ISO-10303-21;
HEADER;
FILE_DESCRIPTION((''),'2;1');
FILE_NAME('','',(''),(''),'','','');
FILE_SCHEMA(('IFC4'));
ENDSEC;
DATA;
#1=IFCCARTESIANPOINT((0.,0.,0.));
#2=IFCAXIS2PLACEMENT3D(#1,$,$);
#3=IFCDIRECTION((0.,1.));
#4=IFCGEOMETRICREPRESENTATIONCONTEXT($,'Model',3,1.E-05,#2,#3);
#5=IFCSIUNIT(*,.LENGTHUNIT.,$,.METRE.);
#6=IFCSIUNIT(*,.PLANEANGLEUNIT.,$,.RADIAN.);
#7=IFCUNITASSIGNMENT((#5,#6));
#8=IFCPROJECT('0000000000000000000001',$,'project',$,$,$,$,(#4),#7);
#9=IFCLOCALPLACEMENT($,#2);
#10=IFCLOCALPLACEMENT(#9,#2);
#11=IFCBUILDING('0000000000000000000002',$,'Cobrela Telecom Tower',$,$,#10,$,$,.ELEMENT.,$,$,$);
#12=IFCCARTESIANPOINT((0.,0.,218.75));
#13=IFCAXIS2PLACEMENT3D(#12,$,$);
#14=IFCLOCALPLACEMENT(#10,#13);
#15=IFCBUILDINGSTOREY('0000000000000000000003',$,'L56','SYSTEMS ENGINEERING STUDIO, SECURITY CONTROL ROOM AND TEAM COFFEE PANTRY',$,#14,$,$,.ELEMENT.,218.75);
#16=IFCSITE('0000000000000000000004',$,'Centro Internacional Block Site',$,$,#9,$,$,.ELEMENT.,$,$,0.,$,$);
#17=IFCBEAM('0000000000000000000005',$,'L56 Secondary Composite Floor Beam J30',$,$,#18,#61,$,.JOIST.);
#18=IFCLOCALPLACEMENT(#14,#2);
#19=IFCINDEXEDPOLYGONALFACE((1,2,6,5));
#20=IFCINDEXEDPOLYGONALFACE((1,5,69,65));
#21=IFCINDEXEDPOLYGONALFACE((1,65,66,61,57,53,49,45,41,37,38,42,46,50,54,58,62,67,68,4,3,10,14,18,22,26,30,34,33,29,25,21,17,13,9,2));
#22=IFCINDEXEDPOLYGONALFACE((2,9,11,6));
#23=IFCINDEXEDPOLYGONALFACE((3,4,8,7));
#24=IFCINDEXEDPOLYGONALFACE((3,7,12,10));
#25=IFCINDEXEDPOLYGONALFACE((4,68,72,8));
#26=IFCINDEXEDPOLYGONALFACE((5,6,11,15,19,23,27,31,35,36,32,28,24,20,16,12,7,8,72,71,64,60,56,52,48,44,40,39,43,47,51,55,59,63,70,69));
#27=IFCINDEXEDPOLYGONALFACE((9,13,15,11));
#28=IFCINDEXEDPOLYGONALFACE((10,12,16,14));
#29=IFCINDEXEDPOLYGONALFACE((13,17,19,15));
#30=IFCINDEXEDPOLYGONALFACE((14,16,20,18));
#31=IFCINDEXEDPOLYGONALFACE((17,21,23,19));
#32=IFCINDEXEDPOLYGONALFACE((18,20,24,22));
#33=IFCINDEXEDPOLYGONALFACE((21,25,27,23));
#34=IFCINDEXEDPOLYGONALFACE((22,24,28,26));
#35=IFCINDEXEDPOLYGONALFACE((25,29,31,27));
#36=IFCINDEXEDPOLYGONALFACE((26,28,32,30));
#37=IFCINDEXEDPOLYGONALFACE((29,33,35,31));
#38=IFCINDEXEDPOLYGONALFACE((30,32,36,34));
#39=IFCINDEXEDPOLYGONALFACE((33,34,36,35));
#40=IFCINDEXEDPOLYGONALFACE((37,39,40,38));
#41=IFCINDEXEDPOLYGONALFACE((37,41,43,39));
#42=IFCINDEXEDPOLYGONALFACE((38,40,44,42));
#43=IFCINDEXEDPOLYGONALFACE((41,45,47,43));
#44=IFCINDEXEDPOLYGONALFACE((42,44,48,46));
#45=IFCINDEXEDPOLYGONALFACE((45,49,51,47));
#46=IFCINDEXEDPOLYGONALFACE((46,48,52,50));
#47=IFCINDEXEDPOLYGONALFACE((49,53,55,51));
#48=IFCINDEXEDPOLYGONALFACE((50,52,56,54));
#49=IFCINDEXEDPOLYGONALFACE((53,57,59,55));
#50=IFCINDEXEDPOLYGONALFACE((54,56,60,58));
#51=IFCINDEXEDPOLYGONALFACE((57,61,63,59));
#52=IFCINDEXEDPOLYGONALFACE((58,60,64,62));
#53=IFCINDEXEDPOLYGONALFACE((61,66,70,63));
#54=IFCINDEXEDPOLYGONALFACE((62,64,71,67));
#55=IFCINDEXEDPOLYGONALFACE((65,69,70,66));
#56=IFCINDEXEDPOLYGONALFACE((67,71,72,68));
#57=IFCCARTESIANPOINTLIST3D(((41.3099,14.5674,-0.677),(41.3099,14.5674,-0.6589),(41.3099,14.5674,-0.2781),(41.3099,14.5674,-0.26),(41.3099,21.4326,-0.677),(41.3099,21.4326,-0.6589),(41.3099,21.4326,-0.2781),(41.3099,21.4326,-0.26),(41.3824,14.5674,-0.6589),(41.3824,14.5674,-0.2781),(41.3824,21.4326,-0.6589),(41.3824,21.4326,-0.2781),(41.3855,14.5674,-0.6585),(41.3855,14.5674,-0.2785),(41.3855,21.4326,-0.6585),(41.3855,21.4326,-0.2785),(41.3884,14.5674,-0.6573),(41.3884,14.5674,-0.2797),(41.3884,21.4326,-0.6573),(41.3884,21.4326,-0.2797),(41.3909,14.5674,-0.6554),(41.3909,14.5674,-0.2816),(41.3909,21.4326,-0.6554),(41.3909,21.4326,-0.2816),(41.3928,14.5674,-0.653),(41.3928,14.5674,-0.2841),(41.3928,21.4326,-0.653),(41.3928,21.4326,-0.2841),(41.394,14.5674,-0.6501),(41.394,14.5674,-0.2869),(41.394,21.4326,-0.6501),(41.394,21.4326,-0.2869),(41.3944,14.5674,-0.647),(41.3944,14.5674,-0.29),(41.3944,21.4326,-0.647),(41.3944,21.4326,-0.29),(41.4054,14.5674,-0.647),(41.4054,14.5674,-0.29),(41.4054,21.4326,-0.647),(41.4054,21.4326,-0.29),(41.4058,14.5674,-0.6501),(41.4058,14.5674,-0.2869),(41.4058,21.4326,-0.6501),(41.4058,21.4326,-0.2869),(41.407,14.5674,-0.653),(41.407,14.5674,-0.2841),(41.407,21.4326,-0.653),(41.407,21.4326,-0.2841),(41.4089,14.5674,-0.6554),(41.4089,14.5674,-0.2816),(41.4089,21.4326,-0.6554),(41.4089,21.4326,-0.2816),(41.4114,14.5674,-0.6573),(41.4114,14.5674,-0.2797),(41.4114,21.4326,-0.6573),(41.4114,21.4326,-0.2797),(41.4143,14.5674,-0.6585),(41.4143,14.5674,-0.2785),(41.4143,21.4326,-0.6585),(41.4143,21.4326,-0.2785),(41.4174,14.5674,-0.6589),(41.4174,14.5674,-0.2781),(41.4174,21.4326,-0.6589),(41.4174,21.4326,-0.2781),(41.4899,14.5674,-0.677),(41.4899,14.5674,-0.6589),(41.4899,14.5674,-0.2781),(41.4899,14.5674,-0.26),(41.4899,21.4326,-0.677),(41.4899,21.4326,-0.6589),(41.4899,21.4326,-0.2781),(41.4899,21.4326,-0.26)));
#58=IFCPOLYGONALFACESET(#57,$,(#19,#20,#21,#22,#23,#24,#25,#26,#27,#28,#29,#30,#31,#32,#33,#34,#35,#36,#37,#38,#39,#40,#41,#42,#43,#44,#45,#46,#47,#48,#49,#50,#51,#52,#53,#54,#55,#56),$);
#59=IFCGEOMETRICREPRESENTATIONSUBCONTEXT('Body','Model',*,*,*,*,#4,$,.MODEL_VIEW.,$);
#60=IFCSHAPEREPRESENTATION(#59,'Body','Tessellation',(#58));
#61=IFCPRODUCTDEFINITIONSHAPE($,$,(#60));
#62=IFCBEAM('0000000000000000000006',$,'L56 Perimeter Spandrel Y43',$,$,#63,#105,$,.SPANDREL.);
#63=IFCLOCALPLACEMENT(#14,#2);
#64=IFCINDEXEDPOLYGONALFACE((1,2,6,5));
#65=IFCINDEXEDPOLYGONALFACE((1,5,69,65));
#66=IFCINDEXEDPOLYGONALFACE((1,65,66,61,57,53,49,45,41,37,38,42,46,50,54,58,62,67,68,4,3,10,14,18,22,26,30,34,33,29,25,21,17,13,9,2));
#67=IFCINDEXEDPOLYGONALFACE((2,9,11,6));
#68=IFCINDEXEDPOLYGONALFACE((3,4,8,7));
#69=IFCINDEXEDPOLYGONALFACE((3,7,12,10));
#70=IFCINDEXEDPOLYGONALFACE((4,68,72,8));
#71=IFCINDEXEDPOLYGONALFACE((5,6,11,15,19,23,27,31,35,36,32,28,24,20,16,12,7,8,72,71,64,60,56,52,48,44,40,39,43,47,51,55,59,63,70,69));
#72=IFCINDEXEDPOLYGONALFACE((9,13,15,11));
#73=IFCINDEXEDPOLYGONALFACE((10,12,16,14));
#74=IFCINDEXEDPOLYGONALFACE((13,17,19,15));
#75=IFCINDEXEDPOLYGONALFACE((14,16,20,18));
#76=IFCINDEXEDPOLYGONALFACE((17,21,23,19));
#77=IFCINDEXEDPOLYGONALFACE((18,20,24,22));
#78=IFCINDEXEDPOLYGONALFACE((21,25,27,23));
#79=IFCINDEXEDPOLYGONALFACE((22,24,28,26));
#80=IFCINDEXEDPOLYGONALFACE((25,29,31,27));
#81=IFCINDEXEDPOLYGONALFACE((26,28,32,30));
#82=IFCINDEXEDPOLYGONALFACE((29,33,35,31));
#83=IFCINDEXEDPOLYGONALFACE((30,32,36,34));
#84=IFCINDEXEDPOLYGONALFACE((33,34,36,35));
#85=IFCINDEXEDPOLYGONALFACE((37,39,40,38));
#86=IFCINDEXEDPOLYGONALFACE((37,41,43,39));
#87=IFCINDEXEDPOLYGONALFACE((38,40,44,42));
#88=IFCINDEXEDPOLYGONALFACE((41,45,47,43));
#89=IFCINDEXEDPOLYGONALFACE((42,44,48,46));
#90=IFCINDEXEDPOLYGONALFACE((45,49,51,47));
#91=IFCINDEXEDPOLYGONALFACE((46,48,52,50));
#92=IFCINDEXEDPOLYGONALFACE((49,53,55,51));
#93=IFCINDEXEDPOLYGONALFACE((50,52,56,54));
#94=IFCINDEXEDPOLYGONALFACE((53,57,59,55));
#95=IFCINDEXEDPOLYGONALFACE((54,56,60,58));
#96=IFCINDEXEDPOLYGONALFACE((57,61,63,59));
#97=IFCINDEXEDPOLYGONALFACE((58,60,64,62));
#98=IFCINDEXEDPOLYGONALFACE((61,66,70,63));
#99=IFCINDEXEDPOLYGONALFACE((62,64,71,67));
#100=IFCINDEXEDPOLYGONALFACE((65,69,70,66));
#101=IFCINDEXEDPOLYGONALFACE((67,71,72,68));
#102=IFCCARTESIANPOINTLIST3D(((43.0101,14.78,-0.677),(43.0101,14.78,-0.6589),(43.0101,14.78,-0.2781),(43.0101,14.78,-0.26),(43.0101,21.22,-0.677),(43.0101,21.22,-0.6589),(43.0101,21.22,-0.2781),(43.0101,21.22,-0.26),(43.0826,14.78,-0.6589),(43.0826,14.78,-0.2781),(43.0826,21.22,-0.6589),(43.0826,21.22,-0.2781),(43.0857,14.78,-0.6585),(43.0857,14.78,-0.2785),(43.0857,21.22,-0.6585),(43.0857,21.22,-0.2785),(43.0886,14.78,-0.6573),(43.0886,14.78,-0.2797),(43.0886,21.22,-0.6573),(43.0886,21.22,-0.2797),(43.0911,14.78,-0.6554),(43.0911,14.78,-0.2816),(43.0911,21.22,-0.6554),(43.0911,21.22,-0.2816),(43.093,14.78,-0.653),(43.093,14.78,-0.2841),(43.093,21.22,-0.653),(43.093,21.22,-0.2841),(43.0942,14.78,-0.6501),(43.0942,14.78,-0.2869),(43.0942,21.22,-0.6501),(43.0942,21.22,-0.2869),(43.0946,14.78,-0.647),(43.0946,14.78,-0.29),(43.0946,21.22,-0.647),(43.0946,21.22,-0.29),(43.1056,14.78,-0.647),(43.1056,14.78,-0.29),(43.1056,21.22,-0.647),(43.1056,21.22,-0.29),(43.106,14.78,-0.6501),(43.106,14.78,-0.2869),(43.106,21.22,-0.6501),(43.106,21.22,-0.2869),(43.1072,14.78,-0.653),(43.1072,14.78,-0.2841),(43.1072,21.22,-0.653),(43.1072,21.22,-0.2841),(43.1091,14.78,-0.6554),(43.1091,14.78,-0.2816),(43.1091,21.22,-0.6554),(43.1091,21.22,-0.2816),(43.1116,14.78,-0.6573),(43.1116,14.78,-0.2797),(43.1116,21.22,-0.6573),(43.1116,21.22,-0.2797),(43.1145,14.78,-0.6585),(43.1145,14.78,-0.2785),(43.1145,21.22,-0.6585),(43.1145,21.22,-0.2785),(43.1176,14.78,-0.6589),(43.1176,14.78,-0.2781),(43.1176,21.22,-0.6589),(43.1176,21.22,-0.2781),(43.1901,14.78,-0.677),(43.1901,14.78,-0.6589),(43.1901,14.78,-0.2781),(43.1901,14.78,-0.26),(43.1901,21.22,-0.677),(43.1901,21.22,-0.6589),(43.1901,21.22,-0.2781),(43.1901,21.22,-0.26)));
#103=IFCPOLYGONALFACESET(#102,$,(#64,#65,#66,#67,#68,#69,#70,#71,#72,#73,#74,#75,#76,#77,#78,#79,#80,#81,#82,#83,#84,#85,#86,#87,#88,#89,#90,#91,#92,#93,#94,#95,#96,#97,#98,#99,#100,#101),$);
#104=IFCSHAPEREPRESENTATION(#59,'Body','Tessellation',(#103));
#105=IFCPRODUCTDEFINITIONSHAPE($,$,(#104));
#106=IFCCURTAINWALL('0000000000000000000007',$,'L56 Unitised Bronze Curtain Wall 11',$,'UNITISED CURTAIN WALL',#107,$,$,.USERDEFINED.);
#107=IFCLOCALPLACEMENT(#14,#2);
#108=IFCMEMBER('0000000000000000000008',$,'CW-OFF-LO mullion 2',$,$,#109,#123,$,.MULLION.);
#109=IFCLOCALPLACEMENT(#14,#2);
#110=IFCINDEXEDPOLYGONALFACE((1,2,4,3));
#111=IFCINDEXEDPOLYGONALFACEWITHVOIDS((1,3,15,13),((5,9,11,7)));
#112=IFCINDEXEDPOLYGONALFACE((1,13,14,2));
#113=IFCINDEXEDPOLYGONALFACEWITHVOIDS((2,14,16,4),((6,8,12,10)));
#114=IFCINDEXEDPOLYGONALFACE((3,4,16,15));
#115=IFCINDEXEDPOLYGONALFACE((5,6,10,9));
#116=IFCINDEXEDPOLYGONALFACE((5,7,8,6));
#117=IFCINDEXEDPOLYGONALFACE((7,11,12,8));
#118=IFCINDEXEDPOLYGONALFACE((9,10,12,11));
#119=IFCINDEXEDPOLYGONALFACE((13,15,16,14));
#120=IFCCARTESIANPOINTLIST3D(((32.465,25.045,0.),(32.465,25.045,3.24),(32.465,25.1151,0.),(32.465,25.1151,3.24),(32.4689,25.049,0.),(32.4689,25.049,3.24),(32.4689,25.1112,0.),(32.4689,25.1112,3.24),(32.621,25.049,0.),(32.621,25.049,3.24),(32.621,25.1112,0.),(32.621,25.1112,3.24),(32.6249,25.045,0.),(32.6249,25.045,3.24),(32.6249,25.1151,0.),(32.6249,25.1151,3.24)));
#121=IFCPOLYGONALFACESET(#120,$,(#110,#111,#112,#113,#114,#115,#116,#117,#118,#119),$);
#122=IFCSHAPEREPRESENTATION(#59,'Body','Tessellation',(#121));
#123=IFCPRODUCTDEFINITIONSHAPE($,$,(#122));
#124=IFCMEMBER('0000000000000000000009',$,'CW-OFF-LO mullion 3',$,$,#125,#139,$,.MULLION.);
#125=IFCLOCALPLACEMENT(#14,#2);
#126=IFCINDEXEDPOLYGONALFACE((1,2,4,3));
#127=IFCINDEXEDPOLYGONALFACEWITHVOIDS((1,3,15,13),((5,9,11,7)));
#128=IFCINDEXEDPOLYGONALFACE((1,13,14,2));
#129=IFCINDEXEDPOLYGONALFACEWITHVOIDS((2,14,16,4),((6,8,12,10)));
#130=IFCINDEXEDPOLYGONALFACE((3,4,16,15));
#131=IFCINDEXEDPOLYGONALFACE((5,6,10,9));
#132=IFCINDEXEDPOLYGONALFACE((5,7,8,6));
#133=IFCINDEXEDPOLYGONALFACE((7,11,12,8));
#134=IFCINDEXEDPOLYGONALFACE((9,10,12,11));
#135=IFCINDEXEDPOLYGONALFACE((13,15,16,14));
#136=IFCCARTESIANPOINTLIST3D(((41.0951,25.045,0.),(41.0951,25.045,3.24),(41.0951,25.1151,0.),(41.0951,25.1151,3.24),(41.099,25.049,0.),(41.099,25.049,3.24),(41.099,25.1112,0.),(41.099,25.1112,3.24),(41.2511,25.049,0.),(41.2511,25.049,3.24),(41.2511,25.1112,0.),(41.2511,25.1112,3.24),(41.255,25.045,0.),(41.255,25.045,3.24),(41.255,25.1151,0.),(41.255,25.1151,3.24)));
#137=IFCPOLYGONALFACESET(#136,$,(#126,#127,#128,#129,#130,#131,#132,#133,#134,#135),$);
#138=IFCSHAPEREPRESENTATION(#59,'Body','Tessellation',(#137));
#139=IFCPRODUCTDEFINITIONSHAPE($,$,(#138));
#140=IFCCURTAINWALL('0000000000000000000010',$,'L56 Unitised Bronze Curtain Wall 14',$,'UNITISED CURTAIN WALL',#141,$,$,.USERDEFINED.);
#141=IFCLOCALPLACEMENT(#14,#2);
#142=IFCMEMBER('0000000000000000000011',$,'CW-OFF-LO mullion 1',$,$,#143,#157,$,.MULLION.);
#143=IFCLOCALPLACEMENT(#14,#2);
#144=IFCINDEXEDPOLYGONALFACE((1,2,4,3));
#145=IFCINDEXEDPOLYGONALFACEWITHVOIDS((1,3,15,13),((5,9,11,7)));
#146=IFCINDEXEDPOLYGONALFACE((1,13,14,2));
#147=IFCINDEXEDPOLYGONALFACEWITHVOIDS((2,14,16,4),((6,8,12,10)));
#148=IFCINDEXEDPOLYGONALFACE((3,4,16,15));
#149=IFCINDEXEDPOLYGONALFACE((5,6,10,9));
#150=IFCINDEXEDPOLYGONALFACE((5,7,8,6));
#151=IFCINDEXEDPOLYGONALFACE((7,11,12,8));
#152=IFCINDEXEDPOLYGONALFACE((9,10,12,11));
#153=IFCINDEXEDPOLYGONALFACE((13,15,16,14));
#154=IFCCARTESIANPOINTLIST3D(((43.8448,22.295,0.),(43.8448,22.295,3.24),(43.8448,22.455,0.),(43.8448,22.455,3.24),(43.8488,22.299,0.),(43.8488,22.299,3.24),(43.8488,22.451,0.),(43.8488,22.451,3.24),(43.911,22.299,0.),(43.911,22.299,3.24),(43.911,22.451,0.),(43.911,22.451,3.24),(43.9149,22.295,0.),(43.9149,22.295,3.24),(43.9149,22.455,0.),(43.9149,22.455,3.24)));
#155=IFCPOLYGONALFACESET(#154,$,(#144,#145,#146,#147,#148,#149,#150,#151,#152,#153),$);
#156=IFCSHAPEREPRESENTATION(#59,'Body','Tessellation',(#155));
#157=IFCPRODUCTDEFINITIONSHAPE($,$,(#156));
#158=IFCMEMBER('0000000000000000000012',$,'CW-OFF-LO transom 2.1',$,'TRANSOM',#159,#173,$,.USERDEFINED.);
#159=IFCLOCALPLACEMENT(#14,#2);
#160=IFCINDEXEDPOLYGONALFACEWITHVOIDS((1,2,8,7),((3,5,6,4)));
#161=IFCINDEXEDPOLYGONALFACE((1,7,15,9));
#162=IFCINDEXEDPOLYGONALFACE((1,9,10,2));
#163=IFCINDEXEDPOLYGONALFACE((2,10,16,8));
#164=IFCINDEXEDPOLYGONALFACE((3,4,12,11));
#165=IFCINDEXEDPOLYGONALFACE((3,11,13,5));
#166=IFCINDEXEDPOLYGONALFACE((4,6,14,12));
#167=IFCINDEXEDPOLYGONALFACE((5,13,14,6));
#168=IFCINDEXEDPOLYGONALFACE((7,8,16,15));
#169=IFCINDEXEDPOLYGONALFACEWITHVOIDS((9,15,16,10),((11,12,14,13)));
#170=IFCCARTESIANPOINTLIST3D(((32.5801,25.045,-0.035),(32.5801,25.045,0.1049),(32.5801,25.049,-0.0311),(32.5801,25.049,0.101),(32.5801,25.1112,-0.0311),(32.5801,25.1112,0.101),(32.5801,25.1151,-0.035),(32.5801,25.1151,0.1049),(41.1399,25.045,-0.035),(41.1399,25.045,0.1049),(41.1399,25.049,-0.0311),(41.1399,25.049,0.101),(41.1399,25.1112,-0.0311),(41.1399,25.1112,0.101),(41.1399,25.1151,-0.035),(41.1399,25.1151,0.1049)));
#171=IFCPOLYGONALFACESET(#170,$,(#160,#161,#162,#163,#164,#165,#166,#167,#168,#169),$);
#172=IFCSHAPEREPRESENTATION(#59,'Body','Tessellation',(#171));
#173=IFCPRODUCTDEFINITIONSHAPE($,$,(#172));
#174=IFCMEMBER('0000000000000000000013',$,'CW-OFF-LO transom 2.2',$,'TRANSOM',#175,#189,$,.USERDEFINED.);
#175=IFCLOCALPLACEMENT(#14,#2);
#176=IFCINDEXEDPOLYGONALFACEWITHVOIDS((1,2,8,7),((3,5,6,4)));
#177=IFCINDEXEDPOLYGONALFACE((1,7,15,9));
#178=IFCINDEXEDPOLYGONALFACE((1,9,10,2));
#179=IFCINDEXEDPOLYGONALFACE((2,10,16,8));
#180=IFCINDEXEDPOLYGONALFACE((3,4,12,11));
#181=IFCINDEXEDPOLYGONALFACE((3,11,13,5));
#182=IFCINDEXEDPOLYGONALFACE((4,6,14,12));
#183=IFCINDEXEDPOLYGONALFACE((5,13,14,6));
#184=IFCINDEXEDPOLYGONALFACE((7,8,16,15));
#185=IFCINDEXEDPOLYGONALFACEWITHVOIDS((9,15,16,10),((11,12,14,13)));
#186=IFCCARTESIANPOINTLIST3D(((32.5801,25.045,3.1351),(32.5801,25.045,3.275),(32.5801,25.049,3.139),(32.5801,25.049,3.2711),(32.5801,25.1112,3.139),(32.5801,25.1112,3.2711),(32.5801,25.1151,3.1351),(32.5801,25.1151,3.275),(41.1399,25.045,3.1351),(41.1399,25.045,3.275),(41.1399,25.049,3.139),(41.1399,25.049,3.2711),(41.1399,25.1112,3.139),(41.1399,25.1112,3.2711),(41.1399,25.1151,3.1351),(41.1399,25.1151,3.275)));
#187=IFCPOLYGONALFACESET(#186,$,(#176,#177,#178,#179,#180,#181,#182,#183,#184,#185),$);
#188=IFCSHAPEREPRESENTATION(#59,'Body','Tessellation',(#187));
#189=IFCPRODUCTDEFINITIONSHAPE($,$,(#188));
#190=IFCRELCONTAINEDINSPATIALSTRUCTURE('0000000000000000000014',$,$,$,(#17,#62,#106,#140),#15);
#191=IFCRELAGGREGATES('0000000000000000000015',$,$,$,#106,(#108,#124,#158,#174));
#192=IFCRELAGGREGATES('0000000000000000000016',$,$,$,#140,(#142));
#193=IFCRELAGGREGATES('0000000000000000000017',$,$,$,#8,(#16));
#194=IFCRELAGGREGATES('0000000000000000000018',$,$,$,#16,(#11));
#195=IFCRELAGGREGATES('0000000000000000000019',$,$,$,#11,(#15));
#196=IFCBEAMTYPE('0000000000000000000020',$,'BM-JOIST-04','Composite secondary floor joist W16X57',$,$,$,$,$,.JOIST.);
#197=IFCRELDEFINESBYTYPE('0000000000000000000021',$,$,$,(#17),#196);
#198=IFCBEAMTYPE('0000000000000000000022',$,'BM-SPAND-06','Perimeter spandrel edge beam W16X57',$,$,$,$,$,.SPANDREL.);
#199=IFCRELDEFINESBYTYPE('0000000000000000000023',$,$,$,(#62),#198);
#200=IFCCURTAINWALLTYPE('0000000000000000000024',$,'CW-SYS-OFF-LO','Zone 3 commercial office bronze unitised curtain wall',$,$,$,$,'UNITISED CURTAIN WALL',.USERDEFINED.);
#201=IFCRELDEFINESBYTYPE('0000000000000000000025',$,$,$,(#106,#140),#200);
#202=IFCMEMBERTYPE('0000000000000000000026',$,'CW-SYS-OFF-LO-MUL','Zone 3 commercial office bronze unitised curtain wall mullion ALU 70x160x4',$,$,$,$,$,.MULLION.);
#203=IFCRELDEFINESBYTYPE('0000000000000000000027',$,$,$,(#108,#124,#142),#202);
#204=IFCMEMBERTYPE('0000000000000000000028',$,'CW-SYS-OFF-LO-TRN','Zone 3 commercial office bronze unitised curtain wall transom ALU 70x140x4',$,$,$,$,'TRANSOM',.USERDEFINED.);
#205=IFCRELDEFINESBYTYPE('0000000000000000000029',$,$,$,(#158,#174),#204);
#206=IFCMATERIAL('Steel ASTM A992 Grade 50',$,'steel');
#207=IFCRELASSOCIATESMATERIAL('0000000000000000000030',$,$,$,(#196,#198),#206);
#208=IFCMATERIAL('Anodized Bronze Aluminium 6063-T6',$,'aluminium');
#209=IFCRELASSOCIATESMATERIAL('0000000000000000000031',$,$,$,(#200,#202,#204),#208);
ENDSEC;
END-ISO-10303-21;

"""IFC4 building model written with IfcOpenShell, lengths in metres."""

from ifc_helpers import new_model, si_unit, direction, frame, origin, origin_2d, place, context, subcontext, project, spatial, hollow_rectangle, i_section, extrude, material, material_profile, profile_set, type_object, element, aggregate, save


model = new_model("IFC4")

# Units and contexts
model_context = context("Model", 3, precision=1e-05, world=origin(), true_north=direction((0.0, 1.0)))
body_context = subcontext(model_context, "Body", "Model", "MODEL_VIEW")
ifc_project = project(units=[si_unit("LENGTHUNIT", "METRE"), si_unit("PLANEANGLEUNIT", "RADIAN")], contexts=[model_context])

# Site, building, storey
site_placement = place(None, origin())
site = spatial("IfcSite", under=ifc_project, at=site_placement, Name="Centro Internacional Block Site", CompositionType="ELEMENT", RefElevation=0.0)
building_placement = place(site_placement, origin())
building = spatial("IfcBuilding", under=site, at=building_placement, Name="Cobrela Telecom Tower", CompositionType="ELEMENT")
storey_placement = place(building_placement, frame((0.0, 0.0, 218.75)))
storey = spatial("IfcBuildingStorey", under=building, at=storey_placement, Name="L56", Description="SYSTEMS ENGINEERING STUDIO, SECURITY CONTROL ROOM AND TEAM COFFEE PANTRY", CompositionType="ELEMENT", Elevation=218.75)

# Shared definitions
ifc_material_1 = material(Name="Steel ASTM A992 Grade 50", Category="steel")

# Beams
ifc_material_profile_1 = material_profile(ifc_material_1, i_section(OverallWidth=0.1799, OverallDepth=0.417, WebThickness=0.011, FlangeThickness=0.0181, FilletRadius=0.012, at=origin_2d()), Name="W16X57")
ifc_profile_set_1 = profile_set([ifc_material_profile_1], Name="Steel ASTM A992 Grade 50")
beam_type_1 = type_object("IfcBeamType", Name="BM-JOIST-04", Description="Composite secondary floor joist W16X57", PredefinedType="JOIST", material=ifc_profile_set_1)
for number, where, z_axis, x_axis, name in (
    (1, (41.3999, 14.5674, -0.4685), (0.0, 1.0, 0.0), (-1.0, 0.0, 0.0), "L56 Secondary Composite Floor Beam J30"),
):
    element("IfcBeam", number, at=place(storey_placement, frame(where, z_axis=z_axis, x_axis=x_axis)), inside=storey, type_object=beam_type_1, Name=name, PredefinedType="JOIST", context=body_context, shape_type="SweptSolid", body=[
        extrude(i_section(OverallWidth=0.1799, OverallDepth=0.417, WebThickness=0.011, FlangeThickness=0.0181, FilletRadius=0.012, at=origin_2d()), origin(), (0.0, 0.0, 1.0), 6.8652),
    ])
ifc_material_profile_2 = material_profile(ifc_material_1, i_section(OverallWidth=0.1799, OverallDepth=0.417, WebThickness=0.011, FlangeThickness=0.0181, FilletRadius=0.012, at=origin_2d()), Name="W16X57")
ifc_profile_set_2 = profile_set([ifc_material_profile_2], Name="Steel ASTM A992 Grade 50")
beam_type_2 = type_object("IfcBeamType", Name="BM-SPAND-06", Description="Perimeter spandrel edge beam W16X57", PredefinedType="SPANDREL", material=ifc_profile_set_2)
beam_1_placement = place(storey_placement, frame((43.1001, 14.78, -0.4685), z_axis=(0.0, 1.0, 0.0), x_axis=(-1.0, 0.0, 0.0)))
element("IfcBeam", 2, at=beam_1_placement, inside=storey, type_object=beam_type_2, Name="L56 Perimeter Spandrel Y43", PredefinedType="SPANDREL", context=body_context, shape_type="SweptSolid", body=[
    extrude(i_section(OverallWidth=0.1799, OverallDepth=0.417, WebThickness=0.011, FlangeThickness=0.0181, FilletRadius=0.012, at=origin_2d()), origin(), (0.0, 0.0, 1.0), 6.4399),
])

# Curtain wall, members
ifc_material_2 = material(Name="Anodized Bronze Aluminium 6063-T6", Category="aluminium")
curtain_wall_type = type_object("IfcCurtainWallType", Name="CW-SYS-OFF-LO", Description="Zone 3 commercial office bronze unitised curtain wall", ElementType="UNITISED CURTAIN WALL", PredefinedType="USERDEFINED", material=ifc_material_2)
curtain_wall_1_placement = place(storey_placement, origin())
curtain_wall_1 = element("IfcCurtainWall", 3, at=curtain_wall_1_placement, inside=storey, type_object=curtain_wall_type, Name="L56 Unitised Bronze Curtain Wall 11", ObjectType="UNITISED CURTAIN WALL", PredefinedType="USERDEFINED")
ifc_material_profile_3 = material_profile(ifc_material_2, hollow_rectangle(XDim=0.0701, YDim=0.1599, WallThickness=0.0039, at=origin_2d()), Name="ALU 70x160x4")
ifc_profile_set_3 = profile_set([ifc_material_profile_3], Name="Anodized Bronze Aluminium 6063-T6")
member_type_1 = type_object("IfcMemberType", Name="CW-SYS-OFF-LO-MUL", Description="Zone 3 commercial office bronze unitised curtain wall mullion ALU 70x160x4", PredefinedType="MULLION", material=ifc_profile_set_3)
member_1_placement = place(storey_placement, frame((32.5449, 25.0801, 0.0), z_axis=(0.0, 0.0, 1.0), x_axis=(0.0, 1.0, 0.0)))
member_1 = element("IfcMember", 4, at=member_1_placement, type_object=member_type_1, Name="CW-OFF-LO mullion 2", PredefinedType="MULLION", context=body_context, shape_type="SweptSolid", body=[
    extrude(hollow_rectangle(XDim=0.0701, YDim=0.1599, WallThickness=0.0039, at=origin_2d()), origin(), (0.0, 0.0, 1.0), 3.24),
])
member_2_placement = place(storey_placement, frame((41.175, 25.0801, 0.0), z_axis=(0.0, 0.0, 1.0), x_axis=(0.0, 1.0, 0.0)))
member_2 = element("IfcMember", 5, at=member_2_placement, type_object=member_type_1, Name="CW-OFF-LO mullion 3", PredefinedType="MULLION", context=body_context, shape_type="SweptSolid", body=[
    extrude(hollow_rectangle(XDim=0.0701, YDim=0.1599, WallThickness=0.0039, at=origin_2d()), origin(), (0.0, 0.0, 1.0), 3.24),
])

# Curtain wall, member
curtain_wall_2_placement = place(storey_placement, origin())
curtain_wall_2 = element("IfcCurtainWall", 6, at=curtain_wall_2_placement, inside=storey, type_object=curtain_wall_type, Name="L56 Unitised Bronze Curtain Wall 14", ObjectType="UNITISED CURTAIN WALL", PredefinedType="USERDEFINED")
member_3_placement = place(storey_placement, frame((43.8799, 22.375, 0.0), z_axis=(0.0, 0.0, 1.0), x_axis=(1.0, 0.0, 0.0)))
member_3 = element("IfcMember", 7, at=member_3_placement, type_object=member_type_1, Name="CW-OFF-LO mullion 1", PredefinedType="MULLION", context=body_context, shape_type="SweptSolid", body=[
    extrude(hollow_rectangle(XDim=0.0701, YDim=0.1599, WallThickness=0.0039, at=origin_2d()), origin(), (0.0, 0.0, 1.0), 3.24),
])

# Members
ifc_material_profile_4 = material_profile(ifc_material_2, hollow_rectangle(XDim=0.0701, YDim=0.1399, WallThickness=0.0039, at=origin_2d()), Name="ALU 70x140x4")
ifc_profile_set_4 = profile_set([ifc_material_profile_4], Name="Anodized Bronze Aluminium 6063-T6")
member_type_2 = type_object("IfcMemberType", Name="CW-SYS-OFF-LO-TRN", Description="Zone 3 commercial office bronze unitised curtain wall transom ALU 70x140x4", ElementType="TRANSOM", PredefinedType="USERDEFINED", material=ifc_profile_set_4)
member_4_placement = place(storey_placement, frame((32.5801, 25.0801, 0.0349), z_axis=(1.0, 0.0, 0.0), x_axis=(0.0, 1.0, 0.0)))
member_4 = element("IfcMember", 8, at=member_4_placement, type_object=member_type_2, Name="CW-OFF-LO transom 2.1", ObjectType="TRANSOM", PredefinedType="USERDEFINED", context=body_context, shape_type="SweptSolid", body=[
    extrude(hollow_rectangle(XDim=0.0701, YDim=0.1399, WallThickness=0.0039, at=origin_2d()), origin(), (0.0, 0.0, 1.0), 8.5598),
])
member_5_placement = place(storey_placement, frame((32.5801, 25.0801, 3.2051), z_axis=(1.0, 0.0, 0.0), x_axis=(0.0, 1.0, 0.0)))
member_5 = element("IfcMember", 9, at=member_5_placement, type_object=member_type_2, Name="CW-OFF-LO transom 2.2", ObjectType="TRANSOM", PredefinedType="USERDEFINED", context=body_context, shape_type="SweptSolid", body=[
    extrude(hollow_rectangle(XDim=0.0701, YDim=0.1399, WallThickness=0.0039, at=origin_2d()), origin(), (0.0, 0.0, 1.0), 8.5598),
])

aggregate(curtain_wall_1, [member_1, member_2, member_4, member_5])
aggregate(curtain_wall_2, [member_3])

save(model, "model.ifc")
